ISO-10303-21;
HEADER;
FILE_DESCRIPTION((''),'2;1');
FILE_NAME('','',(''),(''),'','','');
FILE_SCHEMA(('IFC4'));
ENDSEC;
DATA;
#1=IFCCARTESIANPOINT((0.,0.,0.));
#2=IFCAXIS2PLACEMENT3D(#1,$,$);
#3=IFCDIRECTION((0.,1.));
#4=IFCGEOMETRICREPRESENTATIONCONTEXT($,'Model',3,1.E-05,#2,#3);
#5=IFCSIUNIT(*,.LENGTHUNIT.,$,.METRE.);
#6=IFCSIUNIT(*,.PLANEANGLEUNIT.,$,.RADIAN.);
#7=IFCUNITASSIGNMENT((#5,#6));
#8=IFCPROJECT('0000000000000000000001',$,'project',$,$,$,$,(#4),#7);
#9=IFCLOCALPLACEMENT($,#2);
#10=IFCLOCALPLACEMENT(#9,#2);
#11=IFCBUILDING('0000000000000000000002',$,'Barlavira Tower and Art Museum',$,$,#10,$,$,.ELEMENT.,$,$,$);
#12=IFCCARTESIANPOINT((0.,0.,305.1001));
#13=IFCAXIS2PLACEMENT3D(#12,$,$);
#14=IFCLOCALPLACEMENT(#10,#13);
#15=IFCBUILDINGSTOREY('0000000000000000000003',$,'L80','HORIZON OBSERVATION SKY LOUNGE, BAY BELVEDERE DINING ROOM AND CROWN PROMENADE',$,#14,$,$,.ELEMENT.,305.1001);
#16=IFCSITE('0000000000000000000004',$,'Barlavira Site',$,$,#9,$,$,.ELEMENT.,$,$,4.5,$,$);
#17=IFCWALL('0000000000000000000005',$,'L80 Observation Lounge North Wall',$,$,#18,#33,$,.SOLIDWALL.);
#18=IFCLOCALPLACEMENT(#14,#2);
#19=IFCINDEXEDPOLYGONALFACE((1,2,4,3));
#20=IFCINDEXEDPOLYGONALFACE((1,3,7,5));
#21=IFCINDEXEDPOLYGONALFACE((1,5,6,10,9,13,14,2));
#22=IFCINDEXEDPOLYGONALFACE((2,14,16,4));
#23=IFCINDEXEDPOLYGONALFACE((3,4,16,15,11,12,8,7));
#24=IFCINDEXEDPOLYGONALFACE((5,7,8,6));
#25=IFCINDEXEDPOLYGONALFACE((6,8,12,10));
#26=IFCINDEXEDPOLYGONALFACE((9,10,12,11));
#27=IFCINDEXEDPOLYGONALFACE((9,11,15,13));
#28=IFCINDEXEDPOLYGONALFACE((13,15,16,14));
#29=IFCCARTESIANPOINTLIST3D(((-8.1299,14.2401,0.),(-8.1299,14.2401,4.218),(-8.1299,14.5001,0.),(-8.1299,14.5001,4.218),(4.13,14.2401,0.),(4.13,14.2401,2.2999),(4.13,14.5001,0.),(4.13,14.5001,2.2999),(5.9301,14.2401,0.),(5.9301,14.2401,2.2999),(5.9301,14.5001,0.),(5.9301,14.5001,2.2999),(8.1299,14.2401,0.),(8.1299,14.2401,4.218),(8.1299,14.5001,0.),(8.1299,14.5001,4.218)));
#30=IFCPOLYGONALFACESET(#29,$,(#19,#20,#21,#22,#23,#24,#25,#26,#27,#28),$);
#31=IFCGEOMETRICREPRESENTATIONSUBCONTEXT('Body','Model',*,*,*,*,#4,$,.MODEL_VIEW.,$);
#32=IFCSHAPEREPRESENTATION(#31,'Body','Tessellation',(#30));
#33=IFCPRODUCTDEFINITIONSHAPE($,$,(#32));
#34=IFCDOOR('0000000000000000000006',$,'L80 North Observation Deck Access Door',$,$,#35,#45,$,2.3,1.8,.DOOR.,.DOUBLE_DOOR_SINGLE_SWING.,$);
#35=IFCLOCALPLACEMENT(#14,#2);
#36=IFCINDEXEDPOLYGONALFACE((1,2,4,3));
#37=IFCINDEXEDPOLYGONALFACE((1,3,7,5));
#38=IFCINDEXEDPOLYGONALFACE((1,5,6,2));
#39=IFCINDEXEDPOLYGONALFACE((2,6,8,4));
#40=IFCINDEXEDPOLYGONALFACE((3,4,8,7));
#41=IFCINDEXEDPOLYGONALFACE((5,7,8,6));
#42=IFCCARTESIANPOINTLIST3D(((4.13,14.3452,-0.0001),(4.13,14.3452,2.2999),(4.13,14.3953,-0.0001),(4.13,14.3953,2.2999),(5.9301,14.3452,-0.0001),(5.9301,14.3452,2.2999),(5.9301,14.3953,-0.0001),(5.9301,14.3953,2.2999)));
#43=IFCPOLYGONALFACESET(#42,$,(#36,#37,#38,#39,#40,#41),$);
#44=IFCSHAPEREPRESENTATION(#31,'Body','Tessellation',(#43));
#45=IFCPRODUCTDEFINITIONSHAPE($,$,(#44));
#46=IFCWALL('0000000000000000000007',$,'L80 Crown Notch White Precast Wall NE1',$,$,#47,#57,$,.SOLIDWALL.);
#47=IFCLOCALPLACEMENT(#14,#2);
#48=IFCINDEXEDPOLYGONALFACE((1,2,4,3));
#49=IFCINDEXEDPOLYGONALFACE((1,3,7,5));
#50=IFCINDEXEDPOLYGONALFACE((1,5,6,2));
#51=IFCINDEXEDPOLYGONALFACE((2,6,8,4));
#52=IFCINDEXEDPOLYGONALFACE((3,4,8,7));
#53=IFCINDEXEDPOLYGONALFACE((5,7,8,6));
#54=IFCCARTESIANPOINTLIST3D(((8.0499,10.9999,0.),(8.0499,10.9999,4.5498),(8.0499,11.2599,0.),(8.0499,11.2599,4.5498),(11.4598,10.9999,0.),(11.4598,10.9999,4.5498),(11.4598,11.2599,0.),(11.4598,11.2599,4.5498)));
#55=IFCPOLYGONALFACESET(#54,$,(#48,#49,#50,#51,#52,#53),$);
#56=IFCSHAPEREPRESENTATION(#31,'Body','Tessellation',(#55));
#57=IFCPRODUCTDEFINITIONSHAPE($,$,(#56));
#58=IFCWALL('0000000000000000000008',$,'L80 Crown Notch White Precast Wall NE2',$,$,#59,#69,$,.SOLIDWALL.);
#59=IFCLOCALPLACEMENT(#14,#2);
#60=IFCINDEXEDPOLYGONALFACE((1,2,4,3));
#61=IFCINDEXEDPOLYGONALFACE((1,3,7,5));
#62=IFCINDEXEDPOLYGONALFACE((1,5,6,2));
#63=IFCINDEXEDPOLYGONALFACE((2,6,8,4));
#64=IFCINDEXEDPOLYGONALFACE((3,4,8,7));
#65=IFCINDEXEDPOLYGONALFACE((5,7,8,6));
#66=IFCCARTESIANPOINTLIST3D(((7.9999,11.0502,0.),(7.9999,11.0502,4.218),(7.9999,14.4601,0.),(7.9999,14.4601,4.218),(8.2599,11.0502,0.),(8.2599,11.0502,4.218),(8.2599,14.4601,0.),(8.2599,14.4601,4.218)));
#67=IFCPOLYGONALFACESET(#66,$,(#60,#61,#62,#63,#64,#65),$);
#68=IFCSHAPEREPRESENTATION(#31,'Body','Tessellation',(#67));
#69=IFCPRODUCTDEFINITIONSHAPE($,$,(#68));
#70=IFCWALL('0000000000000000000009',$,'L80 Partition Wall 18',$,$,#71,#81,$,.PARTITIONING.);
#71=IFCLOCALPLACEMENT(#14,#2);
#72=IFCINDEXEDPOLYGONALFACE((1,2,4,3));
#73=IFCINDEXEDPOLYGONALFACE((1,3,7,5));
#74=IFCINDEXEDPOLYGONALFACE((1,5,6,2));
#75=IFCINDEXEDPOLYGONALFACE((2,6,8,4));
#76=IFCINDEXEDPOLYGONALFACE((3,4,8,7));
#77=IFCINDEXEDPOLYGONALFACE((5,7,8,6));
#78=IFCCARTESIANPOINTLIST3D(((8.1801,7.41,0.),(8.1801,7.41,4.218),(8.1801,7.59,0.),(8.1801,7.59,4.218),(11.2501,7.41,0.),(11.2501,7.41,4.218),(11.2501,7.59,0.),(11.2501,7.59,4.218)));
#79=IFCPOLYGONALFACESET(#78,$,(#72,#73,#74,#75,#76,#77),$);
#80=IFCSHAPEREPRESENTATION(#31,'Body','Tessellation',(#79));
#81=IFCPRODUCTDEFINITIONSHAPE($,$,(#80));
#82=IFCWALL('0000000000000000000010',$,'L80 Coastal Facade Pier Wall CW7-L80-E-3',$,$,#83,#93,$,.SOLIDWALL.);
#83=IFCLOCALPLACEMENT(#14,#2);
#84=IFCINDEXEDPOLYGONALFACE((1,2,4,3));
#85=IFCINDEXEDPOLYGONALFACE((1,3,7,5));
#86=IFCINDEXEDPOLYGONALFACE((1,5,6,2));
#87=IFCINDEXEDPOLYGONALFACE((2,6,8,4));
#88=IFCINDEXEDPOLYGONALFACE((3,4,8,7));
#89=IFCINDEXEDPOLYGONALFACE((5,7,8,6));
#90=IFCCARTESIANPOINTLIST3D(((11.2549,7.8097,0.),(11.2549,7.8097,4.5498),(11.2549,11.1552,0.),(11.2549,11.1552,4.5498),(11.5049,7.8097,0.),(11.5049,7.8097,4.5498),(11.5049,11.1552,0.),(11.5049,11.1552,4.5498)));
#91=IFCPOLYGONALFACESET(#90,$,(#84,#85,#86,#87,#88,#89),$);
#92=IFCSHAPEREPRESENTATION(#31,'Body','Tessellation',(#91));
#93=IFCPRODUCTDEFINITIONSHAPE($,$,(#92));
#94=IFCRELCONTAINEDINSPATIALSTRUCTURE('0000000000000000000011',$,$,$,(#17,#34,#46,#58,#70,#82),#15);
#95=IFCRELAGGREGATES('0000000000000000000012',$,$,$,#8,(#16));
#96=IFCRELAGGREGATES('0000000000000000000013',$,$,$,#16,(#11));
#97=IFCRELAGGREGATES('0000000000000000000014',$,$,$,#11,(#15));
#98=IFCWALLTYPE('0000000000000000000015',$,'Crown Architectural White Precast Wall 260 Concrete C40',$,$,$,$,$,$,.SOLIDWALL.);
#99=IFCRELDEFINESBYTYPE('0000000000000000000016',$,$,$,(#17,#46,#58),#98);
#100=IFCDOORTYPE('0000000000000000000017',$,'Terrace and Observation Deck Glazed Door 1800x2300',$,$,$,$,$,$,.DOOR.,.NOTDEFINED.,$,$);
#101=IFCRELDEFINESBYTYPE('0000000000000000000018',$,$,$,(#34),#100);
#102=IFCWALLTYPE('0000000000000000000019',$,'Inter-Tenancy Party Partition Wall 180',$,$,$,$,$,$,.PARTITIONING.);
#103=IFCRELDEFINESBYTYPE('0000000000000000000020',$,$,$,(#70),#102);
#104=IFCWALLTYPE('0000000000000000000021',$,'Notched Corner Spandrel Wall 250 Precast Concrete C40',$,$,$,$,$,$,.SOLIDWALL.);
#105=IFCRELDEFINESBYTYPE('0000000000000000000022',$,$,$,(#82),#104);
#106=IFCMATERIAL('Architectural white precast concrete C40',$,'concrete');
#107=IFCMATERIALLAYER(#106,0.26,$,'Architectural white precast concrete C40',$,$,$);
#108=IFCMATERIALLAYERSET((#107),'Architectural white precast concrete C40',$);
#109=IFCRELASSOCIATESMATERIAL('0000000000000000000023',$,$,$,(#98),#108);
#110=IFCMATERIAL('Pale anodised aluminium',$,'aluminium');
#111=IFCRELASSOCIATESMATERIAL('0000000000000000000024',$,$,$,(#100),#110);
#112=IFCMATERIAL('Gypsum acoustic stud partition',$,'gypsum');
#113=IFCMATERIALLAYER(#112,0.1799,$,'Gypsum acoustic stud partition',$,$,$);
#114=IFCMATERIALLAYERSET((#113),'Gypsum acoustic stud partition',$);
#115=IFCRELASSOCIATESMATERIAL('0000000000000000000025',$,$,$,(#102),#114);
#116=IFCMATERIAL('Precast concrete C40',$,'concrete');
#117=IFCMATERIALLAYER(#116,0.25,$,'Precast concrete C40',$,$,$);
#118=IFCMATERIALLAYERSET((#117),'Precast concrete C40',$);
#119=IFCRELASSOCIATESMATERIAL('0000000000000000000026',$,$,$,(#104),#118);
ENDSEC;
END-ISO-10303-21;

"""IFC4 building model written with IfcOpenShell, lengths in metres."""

from ifc_helpers import new_model, si_unit, direction, frame, frame_2d, origin, place, context, subcontext, project, spatial, rectangle, extrude, material, layer, layer_set, type_object, element, fill, save


model = new_model("IFC4")

# Units and contexts
model_context = context("Model", 3, precision=1e-05, world=origin(), true_north=direction((0.0, 1.0)))
body_context = subcontext(model_context, "Body", "Model", "MODEL_VIEW")
ifc_project = project(units=[si_unit("LENGTHUNIT", "METRE"), si_unit("PLANEANGLEUNIT", "RADIAN")], contexts=[model_context])

# Site, building, storey
site_placement = place(None, origin())
site = spatial("IfcSite", under=ifc_project, at=site_placement, Name="Barlavira Site", CompositionType="ELEMENT", RefElevation=4.5)
building_placement = place(site_placement, origin())
building = spatial("IfcBuilding", under=site, at=building_placement, Name="Barlavira Tower and Art Museum", CompositionType="ELEMENT")
storey_placement = place(building_placement, frame((0.0, 0.0, 305.1001)))
storey = spatial("IfcBuildingStorey", under=building, at=storey_placement, Name="L80", Description="HORIZON OBSERVATION SKY LOUNGE, BAY BELVEDERE DINING ROOM AND CROWN PROMENADE", CompositionType="ELEMENT", Elevation=305.1001)

# Wall, opening, door
ifc_material_1 = material(Name="Architectural white precast concrete C40", Category="concrete")
ifc_layer_1 = layer(ifc_material_1, 0.26, Name="Architectural white precast concrete C40")
ifc_layer_set_1 = layer_set([ifc_layer_1], Name="Architectural white precast concrete C40")
wall_type_1 = type_object("IfcWallType", Name="Crown Architectural White Precast Wall 260 Concrete C40", PredefinedType="SOLIDWALL", material=ifc_layer_set_1)
wall_1_placement = place(storey_placement, frame((8.1299, 14.3701, 0.0), z_axis=(0.0, 0.0, 1.0), x_axis=(-1.0, 0.0, 0.0)))
wall_1 = element("IfcWall", 1, at=wall_1_placement, inside=storey, type_object=wall_type_1, Name="L80 Observation Lounge North Wall", PredefinedType="SOLIDWALL", context=body_context, shape_type="SweptSolid", body=[
    extrude(rectangle(XDim=16.2598, YDim=0.26, at=frame_2d((8.1299, 0.0))), origin(), (0.0, 0.0, 1.0), 4.218),
])
opening_placement = place(wall_1_placement, frame((2.2, 0.0, 0.0)))
opening = element("IfcOpeningElement", 2, at=opening_placement, cuts=wall_1, PredefinedType="OPENING", context=body_context, shape_type="SweptSolid", body=[
    extrude(rectangle(XDim=1.8, YDim=2.3, at=frame_2d((0.8999, 1.1499))), frame((0.0, 0.1401, 0.0), z_axis=(0.0, -1.0, 0.0), x_axis=(1.0, 0.0, 0.0)), (0.0, 0.0, 1.0), 0.28),
])
ifc_material_2 = material(Name="Pale anodised aluminium", Category="aluminium")
door_type = type_object("IfcDoorType", Name="Terrace and Observation Deck Glazed Door 1800x2300", OperationType="NOTDEFINED", PredefinedType="DOOR", material=ifc_material_2)
door_placement = place(opening_placement, origin())
door = element("IfcDoor", 3, at=door_placement, inside=storey, type_object=door_type, Name="L80 North Observation Deck Access Door", OperationType="DOUBLE_DOOR_SINGLE_SWING", OverallHeight=2.3, OverallWidth=1.8, PredefinedType="DOOR", context=body_context, shape_type="SweptSolid", body=[
    extrude(rectangle(XDim=1.8, YDim=2.3, at=frame_2d((0.8999, 1.1499))), frame((0.0, 0.0249, 0.0), z_axis=(0.0, -1.0, 0.0), x_axis=(1.0, 0.0, 0.0)), (0.0, 0.0, 1.0), 0.05),
])
fill(opening, door)

# Walls
wall_2_placement = place(storey_placement, frame((11.46, 11.1299, 0.0), z_axis=(0.0, 0.0, 1.0), x_axis=(-1.0, 0.0, 0.0)))
element("IfcWall", 4, at=wall_2_placement, inside=storey, type_object=wall_type_1, Name="L80 Crown Notch White Precast Wall NE1", PredefinedType="SOLIDWALL", context=body_context, shape_type="SweptSolid", body=[
    extrude(rectangle(XDim=3.4099, YDim=0.26, at=frame_2d((1.7051, 0.0))), origin(), (0.0, 0.0, 1.0), 4.5498),
])
wall_3_placement = place(storey_placement, frame((8.1299, 11.05, 0.0), z_axis=(0.0, 0.0, 1.0), x_axis=(0.0, 1.0, 0.0)))
element("IfcWall", 5, at=wall_3_placement, inside=storey, type_object=wall_type_1, Name="L80 Crown Notch White Precast Wall NE2", PredefinedType="SOLIDWALL", context=body_context, shape_type="SweptSolid", body=[
    extrude(rectangle(XDim=3.4099, YDim=0.26, at=frame_2d((1.7051, 0.0))), origin(), (0.0, 0.0, 1.0), 4.218),
])
ifc_material_3 = material(Name="Gypsum acoustic stud partition", Category="gypsum")
ifc_layer_2 = layer(ifc_material_3, 0.1799, Name="Gypsum acoustic stud partition")
ifc_layer_set_2 = layer_set([ifc_layer_2], Name="Gypsum acoustic stud partition")
wall_type_2 = type_object("IfcWallType", Name="Inter-Tenancy Party Partition Wall 180", PredefinedType="PARTITIONING", material=ifc_layer_set_2)
wall_4_placement = place(storey_placement, frame((8.1799, 7.5, 0.0), z_axis=(0.0, 0.0, 1.0), x_axis=(1.0, 0.0, 0.0)))
element("IfcWall", 6, at=wall_4_placement, inside=storey, type_object=wall_type_2, Name="L80 Partition Wall 18", PredefinedType="PARTITIONING", context=body_context, shape_type="SweptSolid", body=[
    extrude(rectangle(XDim=3.0701, YDim=0.1799, at=frame_2d((1.5352, 0.0))), origin(), (0.0, 0.0, 1.0), 4.218),
])
ifc_material_4 = material(Name="Precast concrete C40", Category="concrete")
ifc_layer_3 = layer(ifc_material_4, 0.25, Name="Precast concrete C40")
ifc_layer_set_3 = layer_set([ifc_layer_3], Name="Precast concrete C40")
wall_type_3 = type_object("IfcWallType", Name="Notched Corner Spandrel Wall 250 Precast Concrete C40", PredefinedType="SOLIDWALL", material=ifc_layer_set_3)
wall_5_placement = place(storey_placement, frame((11.3799, 7.8096, 0.0), z_axis=(0.0, 0.0, 1.0), x_axis=(0.0, 1.0, 0.0)))
element("IfcWall", 7, at=wall_5_placement, inside=storey, type_object=wall_type_3, Name="L80 Coastal Facade Pier Wall CW7-L80-E-3", PredefinedType="SOLIDWALL", context=body_context, shape_type="SweptSolid", body=[
    extrude(rectangle(XDim=3.3455, YDim=0.25, at=frame_2d((1.6729, 0.0))), origin(), (0.0, 0.0, 1.0), 4.5498),
])

save(model, "model.ifc")
